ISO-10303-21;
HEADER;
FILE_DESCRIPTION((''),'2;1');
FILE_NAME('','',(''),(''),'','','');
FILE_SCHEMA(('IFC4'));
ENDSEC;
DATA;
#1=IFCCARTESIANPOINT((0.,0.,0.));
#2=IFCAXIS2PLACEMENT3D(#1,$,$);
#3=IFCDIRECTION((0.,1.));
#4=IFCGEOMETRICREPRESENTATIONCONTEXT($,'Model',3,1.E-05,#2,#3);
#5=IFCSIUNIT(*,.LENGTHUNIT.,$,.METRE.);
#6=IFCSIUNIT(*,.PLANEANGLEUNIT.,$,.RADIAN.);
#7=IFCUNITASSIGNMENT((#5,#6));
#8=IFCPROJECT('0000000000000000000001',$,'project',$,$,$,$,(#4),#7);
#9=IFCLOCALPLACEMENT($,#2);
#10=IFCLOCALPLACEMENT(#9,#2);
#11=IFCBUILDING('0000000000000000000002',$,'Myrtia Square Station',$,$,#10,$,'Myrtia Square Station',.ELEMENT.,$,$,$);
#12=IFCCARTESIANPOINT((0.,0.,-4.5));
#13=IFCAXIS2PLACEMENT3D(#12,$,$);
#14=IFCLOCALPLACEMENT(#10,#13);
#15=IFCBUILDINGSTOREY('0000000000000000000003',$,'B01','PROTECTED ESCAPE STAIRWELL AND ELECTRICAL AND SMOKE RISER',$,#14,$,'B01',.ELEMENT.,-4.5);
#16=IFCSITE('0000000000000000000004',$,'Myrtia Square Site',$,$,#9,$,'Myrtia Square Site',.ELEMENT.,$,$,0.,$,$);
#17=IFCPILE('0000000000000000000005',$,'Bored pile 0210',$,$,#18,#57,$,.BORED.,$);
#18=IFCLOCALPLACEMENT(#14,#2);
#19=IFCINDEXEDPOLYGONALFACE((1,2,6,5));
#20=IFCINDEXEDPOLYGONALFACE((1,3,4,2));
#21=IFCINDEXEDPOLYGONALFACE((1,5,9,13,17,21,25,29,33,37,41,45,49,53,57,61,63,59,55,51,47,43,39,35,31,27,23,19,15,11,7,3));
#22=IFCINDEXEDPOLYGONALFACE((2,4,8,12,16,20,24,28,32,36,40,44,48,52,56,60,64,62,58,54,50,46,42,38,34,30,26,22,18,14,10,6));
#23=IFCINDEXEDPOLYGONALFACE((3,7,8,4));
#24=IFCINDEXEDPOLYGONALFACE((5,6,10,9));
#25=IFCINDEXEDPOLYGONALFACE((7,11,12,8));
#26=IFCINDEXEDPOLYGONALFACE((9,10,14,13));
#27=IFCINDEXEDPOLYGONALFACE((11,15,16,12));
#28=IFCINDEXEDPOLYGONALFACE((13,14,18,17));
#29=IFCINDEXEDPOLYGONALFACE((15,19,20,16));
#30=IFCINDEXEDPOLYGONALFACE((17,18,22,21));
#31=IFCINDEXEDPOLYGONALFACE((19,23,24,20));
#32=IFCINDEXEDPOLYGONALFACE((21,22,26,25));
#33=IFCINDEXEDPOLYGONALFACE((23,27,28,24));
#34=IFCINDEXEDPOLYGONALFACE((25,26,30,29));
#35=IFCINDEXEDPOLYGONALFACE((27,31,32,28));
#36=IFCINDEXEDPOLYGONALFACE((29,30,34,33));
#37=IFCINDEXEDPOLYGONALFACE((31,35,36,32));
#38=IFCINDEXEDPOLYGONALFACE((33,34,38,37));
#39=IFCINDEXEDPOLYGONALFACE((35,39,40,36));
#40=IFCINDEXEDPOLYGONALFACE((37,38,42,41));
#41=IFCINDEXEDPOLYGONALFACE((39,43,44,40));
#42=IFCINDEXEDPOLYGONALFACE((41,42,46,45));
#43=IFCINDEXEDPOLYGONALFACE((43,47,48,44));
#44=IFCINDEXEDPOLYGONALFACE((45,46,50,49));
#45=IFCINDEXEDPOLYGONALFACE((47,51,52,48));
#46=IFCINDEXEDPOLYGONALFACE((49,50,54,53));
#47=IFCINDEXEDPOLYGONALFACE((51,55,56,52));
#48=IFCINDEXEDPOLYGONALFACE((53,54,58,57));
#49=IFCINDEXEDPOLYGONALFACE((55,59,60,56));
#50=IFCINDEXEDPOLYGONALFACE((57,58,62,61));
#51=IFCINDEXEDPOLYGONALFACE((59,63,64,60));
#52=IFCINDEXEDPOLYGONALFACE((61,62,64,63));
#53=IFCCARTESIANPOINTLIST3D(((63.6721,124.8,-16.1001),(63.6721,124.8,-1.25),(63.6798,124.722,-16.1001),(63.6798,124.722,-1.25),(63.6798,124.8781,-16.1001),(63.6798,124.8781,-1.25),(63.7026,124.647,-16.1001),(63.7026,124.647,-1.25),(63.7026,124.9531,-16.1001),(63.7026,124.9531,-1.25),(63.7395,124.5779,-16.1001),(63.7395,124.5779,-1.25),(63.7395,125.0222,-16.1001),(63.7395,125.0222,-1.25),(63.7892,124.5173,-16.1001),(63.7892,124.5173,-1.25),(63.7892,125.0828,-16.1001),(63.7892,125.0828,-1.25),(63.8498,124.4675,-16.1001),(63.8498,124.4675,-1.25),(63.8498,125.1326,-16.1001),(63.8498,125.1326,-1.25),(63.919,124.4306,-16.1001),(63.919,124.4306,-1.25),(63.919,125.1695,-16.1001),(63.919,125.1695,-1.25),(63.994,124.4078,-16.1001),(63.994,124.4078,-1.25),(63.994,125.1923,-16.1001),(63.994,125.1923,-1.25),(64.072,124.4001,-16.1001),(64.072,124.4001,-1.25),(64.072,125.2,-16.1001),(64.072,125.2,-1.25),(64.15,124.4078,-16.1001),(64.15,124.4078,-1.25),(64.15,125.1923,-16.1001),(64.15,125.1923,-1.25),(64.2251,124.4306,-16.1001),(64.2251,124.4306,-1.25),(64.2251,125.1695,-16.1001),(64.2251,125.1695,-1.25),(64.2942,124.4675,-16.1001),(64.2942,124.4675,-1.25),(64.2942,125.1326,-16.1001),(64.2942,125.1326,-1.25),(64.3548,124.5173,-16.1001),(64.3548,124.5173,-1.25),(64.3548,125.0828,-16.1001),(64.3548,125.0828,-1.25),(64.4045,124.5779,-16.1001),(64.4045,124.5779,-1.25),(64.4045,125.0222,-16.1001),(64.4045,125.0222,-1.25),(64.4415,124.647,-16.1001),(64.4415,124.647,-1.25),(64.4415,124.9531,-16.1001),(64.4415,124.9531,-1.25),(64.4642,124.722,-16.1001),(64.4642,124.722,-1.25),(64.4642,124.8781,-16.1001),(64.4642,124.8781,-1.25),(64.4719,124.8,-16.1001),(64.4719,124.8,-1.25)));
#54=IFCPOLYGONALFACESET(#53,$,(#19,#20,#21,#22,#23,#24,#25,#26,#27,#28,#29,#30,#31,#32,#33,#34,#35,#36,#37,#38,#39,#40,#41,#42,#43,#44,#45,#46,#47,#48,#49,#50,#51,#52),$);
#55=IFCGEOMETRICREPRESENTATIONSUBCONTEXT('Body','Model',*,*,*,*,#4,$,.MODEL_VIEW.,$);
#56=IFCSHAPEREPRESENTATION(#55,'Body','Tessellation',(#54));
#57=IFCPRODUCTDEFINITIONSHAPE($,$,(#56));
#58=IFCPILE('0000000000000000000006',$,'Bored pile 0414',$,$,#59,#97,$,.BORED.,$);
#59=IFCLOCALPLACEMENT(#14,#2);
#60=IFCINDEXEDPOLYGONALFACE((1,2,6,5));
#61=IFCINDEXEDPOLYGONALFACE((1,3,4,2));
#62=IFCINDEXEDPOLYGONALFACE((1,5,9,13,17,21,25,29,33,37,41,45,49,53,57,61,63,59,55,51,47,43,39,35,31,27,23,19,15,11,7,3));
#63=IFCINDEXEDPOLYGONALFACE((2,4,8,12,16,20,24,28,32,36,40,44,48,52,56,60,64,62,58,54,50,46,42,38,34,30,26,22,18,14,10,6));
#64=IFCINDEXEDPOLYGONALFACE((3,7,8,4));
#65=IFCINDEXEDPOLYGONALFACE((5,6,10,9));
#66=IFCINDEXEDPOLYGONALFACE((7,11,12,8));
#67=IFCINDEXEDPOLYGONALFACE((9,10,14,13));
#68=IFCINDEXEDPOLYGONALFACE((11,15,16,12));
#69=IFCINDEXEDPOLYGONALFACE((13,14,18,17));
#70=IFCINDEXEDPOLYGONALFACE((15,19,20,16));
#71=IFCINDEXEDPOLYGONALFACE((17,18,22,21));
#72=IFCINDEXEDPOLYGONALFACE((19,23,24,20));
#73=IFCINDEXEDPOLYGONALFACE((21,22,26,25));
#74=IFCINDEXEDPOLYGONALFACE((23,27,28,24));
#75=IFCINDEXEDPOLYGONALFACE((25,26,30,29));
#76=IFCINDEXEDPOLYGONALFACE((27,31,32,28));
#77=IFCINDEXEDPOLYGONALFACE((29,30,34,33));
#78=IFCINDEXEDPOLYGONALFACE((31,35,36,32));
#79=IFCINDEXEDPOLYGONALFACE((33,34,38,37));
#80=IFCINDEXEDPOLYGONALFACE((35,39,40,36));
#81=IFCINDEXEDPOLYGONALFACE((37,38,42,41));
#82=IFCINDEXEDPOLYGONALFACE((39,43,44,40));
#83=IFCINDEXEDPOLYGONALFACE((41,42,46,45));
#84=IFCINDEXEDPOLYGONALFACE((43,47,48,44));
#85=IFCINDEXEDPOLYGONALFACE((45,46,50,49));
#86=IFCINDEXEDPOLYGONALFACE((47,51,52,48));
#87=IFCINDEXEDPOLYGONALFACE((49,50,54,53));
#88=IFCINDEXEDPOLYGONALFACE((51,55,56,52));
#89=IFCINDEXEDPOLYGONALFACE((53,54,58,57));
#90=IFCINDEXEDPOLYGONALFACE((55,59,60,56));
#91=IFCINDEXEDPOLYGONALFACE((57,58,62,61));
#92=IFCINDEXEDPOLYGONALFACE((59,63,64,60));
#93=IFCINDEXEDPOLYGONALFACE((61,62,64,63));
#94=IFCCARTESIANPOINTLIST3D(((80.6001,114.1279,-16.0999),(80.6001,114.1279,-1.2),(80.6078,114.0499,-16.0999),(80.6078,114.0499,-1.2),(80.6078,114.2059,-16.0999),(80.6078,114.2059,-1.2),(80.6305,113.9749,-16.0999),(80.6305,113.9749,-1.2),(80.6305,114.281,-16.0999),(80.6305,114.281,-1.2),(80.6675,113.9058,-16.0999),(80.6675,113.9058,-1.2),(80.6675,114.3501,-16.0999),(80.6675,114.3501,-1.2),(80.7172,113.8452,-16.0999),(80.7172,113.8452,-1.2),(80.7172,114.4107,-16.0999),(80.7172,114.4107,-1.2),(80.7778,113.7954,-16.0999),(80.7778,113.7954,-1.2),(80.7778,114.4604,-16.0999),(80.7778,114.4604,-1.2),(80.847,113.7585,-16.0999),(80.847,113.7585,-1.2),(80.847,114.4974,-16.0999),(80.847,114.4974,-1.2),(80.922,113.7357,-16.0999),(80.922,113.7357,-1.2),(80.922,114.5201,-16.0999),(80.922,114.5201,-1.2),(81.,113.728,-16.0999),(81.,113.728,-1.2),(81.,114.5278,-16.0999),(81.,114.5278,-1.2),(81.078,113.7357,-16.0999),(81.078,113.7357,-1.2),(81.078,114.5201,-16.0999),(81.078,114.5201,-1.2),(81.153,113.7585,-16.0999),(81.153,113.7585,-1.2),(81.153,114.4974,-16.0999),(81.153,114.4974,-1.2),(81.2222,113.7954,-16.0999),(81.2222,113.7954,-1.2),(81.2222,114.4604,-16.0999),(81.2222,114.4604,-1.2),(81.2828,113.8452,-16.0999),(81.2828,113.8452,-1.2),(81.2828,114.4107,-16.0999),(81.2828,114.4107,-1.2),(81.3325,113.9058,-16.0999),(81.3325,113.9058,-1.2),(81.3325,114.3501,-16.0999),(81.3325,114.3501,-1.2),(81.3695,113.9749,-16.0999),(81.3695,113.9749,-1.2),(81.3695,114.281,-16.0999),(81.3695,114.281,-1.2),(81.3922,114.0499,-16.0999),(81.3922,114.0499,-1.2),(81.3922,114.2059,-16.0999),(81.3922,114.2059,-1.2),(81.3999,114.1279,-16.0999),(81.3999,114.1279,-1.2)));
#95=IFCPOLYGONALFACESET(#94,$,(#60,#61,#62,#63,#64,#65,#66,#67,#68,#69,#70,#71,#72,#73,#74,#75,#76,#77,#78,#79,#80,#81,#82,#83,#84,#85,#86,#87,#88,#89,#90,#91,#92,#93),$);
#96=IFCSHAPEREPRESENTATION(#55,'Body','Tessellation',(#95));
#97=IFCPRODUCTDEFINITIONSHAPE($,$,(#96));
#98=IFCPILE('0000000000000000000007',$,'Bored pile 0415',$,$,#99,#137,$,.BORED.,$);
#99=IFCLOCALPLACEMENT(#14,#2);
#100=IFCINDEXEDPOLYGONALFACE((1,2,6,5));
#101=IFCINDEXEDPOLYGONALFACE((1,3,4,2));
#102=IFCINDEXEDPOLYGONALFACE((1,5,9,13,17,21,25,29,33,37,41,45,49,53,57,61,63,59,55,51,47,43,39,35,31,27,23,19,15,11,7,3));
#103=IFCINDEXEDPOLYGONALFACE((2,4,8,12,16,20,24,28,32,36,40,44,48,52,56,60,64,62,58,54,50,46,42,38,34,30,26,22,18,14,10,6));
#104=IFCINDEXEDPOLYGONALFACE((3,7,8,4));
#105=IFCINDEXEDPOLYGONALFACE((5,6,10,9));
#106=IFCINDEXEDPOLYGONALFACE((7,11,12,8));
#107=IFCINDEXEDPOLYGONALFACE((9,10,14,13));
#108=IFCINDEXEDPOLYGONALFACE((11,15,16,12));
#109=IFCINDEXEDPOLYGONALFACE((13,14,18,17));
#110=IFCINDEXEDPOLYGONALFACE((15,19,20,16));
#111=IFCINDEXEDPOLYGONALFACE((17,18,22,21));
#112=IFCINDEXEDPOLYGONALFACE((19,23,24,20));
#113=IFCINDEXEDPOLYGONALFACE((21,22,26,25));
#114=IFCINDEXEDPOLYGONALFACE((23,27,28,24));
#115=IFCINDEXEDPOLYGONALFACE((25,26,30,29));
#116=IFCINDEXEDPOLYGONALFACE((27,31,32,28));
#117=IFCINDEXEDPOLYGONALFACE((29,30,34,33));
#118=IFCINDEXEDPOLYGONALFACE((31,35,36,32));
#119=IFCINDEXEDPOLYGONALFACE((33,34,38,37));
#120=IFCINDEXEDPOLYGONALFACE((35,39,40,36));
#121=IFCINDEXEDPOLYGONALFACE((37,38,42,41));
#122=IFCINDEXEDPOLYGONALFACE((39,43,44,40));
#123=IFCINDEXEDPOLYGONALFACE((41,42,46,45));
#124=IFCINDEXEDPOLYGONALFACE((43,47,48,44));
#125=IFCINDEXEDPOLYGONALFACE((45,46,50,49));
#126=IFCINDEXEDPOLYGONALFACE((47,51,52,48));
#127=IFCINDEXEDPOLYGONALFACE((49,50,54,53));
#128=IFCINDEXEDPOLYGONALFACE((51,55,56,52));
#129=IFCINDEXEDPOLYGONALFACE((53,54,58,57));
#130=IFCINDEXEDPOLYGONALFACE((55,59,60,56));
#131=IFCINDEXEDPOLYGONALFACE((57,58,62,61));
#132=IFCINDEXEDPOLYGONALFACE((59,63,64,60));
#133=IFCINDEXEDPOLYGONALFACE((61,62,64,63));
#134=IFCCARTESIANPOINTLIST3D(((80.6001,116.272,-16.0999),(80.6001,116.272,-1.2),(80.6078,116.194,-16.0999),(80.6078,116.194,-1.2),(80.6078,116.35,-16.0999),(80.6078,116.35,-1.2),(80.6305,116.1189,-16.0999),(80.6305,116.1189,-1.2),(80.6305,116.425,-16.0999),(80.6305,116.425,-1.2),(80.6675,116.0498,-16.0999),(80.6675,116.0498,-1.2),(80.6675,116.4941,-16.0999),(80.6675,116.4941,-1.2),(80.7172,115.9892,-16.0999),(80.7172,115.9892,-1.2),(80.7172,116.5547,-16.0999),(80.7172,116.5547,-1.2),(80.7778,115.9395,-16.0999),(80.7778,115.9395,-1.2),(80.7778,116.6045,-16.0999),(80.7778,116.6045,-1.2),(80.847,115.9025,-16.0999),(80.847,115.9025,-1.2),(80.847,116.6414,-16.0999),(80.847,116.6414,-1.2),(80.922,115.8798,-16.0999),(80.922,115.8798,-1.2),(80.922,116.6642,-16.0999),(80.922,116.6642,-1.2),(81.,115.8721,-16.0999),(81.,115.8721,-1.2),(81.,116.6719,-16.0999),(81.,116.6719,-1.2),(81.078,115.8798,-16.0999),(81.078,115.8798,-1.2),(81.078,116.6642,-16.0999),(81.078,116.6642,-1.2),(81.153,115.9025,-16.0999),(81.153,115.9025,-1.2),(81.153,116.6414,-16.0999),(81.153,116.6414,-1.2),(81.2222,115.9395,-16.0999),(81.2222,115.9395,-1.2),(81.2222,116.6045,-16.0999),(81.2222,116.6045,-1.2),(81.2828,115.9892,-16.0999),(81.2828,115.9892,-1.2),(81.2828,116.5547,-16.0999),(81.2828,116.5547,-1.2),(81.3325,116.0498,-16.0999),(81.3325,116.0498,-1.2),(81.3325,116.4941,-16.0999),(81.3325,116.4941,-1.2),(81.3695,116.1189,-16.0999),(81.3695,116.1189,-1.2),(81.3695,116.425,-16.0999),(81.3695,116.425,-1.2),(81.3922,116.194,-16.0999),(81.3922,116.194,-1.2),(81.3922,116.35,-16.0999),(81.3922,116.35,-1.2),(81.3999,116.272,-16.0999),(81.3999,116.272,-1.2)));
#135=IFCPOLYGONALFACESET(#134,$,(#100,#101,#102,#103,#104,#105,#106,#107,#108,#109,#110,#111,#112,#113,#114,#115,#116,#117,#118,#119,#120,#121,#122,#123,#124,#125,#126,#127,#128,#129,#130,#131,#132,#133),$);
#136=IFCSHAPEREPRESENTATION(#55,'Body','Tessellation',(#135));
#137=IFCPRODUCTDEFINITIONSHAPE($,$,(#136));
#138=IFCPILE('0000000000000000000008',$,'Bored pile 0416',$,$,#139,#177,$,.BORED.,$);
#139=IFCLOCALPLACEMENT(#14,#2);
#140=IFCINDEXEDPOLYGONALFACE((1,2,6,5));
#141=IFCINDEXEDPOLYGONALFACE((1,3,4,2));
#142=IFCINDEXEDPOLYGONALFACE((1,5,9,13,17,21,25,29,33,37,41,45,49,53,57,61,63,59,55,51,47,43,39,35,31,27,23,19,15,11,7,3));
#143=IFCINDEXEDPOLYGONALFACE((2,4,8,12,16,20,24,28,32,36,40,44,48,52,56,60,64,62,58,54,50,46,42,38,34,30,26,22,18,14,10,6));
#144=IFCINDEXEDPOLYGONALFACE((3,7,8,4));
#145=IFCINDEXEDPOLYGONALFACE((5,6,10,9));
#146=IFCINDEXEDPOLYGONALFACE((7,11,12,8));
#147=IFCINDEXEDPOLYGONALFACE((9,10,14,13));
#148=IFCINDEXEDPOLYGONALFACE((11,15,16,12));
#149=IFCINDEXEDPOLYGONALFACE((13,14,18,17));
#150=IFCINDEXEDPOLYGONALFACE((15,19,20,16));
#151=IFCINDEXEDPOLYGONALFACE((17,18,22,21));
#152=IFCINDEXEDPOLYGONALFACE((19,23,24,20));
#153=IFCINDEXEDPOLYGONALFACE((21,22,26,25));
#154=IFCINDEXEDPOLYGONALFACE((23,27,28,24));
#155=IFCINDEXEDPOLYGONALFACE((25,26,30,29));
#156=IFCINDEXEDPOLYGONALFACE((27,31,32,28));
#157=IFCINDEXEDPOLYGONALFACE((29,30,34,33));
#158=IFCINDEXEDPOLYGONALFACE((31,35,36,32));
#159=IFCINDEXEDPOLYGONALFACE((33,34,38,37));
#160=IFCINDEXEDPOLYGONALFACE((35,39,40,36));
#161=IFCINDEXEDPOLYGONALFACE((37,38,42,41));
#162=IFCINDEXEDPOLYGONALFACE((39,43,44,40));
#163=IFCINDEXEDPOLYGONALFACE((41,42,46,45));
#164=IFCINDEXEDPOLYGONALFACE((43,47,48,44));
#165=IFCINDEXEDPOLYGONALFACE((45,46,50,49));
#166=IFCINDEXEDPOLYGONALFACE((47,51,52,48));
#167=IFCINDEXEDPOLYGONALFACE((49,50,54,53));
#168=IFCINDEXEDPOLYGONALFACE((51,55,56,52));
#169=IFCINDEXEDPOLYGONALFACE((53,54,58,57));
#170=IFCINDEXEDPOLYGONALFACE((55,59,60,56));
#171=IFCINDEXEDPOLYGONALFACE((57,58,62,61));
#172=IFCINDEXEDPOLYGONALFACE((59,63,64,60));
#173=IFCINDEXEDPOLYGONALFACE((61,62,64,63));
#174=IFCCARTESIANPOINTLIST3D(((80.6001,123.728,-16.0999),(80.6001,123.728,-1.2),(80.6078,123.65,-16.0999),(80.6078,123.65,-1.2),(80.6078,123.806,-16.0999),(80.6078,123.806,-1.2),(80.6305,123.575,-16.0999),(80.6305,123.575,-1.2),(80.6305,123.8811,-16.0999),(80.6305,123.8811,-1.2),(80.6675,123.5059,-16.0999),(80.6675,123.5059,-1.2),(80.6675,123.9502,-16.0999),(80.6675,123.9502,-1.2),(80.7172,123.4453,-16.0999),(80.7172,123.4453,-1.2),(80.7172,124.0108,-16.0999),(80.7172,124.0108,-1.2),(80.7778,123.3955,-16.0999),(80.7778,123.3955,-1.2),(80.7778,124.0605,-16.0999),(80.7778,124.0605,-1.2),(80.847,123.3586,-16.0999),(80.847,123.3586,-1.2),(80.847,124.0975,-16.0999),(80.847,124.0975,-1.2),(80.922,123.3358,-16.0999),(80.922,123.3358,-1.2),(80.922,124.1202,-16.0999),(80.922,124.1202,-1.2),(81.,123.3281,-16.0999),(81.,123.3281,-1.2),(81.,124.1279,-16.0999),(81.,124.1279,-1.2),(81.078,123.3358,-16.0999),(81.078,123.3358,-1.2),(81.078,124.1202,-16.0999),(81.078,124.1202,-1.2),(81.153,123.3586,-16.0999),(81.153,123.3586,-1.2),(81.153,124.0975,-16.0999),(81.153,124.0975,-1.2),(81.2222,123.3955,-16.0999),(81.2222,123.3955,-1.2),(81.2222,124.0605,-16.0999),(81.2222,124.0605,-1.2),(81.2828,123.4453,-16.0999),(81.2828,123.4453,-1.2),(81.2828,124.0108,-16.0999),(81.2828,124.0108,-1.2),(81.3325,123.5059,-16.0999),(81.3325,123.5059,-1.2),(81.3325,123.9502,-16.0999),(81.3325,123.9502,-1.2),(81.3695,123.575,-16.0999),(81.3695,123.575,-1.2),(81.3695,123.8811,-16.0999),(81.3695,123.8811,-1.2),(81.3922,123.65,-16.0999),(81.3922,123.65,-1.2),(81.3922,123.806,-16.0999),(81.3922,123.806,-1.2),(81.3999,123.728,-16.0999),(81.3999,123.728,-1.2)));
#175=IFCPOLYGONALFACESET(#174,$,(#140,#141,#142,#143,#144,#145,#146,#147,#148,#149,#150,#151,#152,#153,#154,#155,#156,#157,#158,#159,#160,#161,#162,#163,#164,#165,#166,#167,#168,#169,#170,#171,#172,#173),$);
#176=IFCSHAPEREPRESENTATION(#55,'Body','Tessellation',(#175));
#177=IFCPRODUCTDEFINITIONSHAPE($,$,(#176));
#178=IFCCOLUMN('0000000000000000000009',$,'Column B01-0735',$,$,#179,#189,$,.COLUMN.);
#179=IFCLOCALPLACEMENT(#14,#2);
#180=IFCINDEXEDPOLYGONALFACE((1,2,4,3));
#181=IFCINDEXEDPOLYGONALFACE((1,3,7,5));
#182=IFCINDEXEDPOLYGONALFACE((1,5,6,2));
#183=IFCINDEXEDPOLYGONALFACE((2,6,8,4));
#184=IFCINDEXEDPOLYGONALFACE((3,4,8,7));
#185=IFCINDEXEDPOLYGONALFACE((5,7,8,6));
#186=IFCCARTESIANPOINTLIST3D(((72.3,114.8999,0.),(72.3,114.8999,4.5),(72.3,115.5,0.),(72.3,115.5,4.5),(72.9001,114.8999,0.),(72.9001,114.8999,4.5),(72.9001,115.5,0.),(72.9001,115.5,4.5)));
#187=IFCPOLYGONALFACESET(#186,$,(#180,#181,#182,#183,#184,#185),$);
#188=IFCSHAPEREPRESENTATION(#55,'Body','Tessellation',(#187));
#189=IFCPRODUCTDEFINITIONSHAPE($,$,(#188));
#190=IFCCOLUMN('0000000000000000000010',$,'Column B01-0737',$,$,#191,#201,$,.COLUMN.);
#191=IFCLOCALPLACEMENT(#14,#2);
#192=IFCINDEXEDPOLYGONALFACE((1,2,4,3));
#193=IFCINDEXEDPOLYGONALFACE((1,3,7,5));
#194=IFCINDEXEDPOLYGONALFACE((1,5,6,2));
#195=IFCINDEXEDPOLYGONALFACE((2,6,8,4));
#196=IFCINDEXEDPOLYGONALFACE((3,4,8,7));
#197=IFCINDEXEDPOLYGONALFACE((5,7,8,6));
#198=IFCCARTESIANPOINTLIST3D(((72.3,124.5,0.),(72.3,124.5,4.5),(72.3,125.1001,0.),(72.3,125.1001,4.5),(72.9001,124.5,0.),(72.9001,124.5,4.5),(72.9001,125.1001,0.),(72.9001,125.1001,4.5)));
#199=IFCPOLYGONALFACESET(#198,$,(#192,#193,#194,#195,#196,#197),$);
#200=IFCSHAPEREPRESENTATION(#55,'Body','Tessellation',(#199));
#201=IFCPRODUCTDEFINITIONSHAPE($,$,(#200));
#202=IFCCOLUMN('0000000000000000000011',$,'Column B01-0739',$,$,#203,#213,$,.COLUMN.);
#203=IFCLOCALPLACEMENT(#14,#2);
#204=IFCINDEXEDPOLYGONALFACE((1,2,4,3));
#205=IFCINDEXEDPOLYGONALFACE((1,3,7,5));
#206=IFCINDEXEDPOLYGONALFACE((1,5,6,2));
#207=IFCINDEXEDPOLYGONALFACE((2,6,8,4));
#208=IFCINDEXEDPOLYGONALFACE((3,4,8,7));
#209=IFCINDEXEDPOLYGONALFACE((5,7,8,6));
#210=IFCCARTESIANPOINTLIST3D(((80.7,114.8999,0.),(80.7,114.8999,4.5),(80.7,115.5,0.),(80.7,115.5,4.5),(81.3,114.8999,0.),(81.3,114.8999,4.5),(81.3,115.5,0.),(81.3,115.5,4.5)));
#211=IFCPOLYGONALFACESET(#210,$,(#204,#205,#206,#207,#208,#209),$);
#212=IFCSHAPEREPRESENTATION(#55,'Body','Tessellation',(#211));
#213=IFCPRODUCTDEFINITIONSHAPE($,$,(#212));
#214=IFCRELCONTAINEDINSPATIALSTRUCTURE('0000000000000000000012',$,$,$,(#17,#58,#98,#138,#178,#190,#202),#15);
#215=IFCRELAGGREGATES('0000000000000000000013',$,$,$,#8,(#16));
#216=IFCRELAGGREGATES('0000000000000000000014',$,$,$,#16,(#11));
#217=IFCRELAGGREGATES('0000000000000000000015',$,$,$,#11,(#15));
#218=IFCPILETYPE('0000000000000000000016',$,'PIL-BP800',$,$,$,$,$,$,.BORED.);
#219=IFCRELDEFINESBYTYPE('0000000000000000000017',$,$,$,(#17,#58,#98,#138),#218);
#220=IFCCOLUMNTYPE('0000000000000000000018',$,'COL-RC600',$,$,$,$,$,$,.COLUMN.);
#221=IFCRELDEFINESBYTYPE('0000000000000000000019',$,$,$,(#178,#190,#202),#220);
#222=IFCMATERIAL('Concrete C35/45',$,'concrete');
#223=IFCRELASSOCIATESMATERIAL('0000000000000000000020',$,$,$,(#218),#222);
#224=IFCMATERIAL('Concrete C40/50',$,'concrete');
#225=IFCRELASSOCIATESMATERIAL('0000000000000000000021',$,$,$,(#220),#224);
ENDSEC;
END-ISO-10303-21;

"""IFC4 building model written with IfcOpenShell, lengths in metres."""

from ifc_helpers import new_model, si_unit, direction, frame, origin, origin_2d, place, context, subcontext, project, spatial, rectangle, circle, extrude, material, material_profile, profile_set, type_object, element, save


model = new_model("IFC4")

# Units and contexts
model_context = context("Model", 3, precision=1e-05, world=origin(), true_north=direction((0.0, 1.0)))
body_context = subcontext(model_context, "Body", "Model", "MODEL_VIEW")
ifc_project = project(units=[si_unit("LENGTHUNIT", "METRE"), si_unit("PLANEANGLEUNIT", "RADIAN")], contexts=[model_context])

# Site, building, storey
site_placement = place(None, origin())
site = spatial("IfcSite", under=ifc_project, at=site_placement, Name="Myrtia Square Site", LongName="Myrtia Square Site", CompositionType="ELEMENT", RefElevation=0.0)
building_placement = place(site_placement, origin())
building = spatial("IfcBuilding", under=site, at=building_placement, Name="Myrtia Square Station", LongName="Myrtia Square Station", CompositionType="ELEMENT")
storey_placement = place(building_placement, frame((0.0, 0.0, -4.5)))
storey = spatial("IfcBuildingStorey", under=building, at=storey_placement, Name="B01", Description="PROTECTED ESCAPE STAIRWELL AND ELECTRICAL AND SMOKE RISER", LongName="B01", CompositionType="ELEMENT", Elevation=-4.5)

# Shared definitions
ifc_material_1 = material(Name="Concrete C35/45", Category="concrete")

# Piles
ifc_material_profile_1 = material_profile(ifc_material_1, circle(Radius=0.3999, at=origin_2d()), Name="BP D800")
ifc_profile_set_1 = profile_set([ifc_material_profile_1], Name="Concrete C35/45")
pile_type_1 = type_object("IfcPileType", Name="PIL-BP800", PredefinedType="BORED", material=ifc_profile_set_1)
pile_placement = place(storey_placement, frame((64.072, 124.8, -1.25), z_axis=(0.0, 0.0, -1.0), x_axis=(1.0, 0.0, 0.0)))
element("IfcPile", 1, at=pile_placement, inside=storey, type_object=pile_type_1, Name="Bored pile 0210", PredefinedType="BORED", context=body_context, shape_type="SweptSolid", body=[
    extrude(circle(Radius=0.3999, at=origin_2d()), origin(), (0.0, 0.0, 1.0), 14.8501),
])
for number, where, z_axis, x_axis, name in (
    (2, (81.0, 114.1279, -1.2), (0.0, 0.0, -1.0), (1.0, 0.0, 0.0), "Bored pile 0414"),
    (3, (81.0, 116.272, -1.2), (0.0, 0.0, -1.0), (1.0, 0.0, 0.0), "Bored pile 0415"),
    (4, (81.0, 123.728, -1.2), (0.0, 0.0, -1.0), (1.0, 0.0, 0.0), "Bored pile 0416"),
):
    element("IfcPile", number, at=place(storey_placement, frame(where, z_axis=z_axis, x_axis=x_axis)), inside=storey, type_object=pile_type_1, Name=name, PredefinedType="BORED", context=body_context, shape_type="SweptSolid", body=[
        extrude(circle(Radius=0.3999, at=origin_2d()), origin(), (0.0, 0.0, 1.0), 14.8999),
    ])

# Columns
ifc_material_2 = material(Name="Concrete C40/50", Category="concrete")
ifc_material_profile_2 = material_profile(ifc_material_2, rectangle(XDim=0.6001, YDim=0.6001, at=origin_2d()), Name="RC 600x600")
ifc_profile_set_2 = profile_set([ifc_material_profile_2], Name="Concrete C40/50")
column_type_1 = type_object("IfcColumnType", Name="COL-RC600", PredefinedType="COLUMN", material=ifc_profile_set_2)
for number, where, z_axis, x_axis, name in (
    (5, (72.6001, 115.2, 0.0), (0.0, 0.0, 1.0), (1.0, 0.0, 0.0), "Column B01-0735"),
    (6, (72.6001, 124.8, 0.0), (0.0, 0.0, 1.0), (1.0, 0.0, 0.0), "Column B01-0737"),
    (7, (81.0, 115.2, 0.0), (0.0, 0.0, 1.0), (1.0, 0.0, 0.0), "Column B01-0739"),
):
    element("IfcColumn", number, at=place(storey_placement, frame(where, z_axis=z_axis, x_axis=x_axis)), inside=storey, type_object=column_type_1, Name=name, PredefinedType="COLUMN", context=body_context, shape_type="SweptSolid", body=[
        extrude(rectangle(XDim=0.6001, YDim=0.6001, at=origin_2d()), origin(), (0.0, 0.0, 1.0), 4.5),
    ])

save(model, "model.ifc")
